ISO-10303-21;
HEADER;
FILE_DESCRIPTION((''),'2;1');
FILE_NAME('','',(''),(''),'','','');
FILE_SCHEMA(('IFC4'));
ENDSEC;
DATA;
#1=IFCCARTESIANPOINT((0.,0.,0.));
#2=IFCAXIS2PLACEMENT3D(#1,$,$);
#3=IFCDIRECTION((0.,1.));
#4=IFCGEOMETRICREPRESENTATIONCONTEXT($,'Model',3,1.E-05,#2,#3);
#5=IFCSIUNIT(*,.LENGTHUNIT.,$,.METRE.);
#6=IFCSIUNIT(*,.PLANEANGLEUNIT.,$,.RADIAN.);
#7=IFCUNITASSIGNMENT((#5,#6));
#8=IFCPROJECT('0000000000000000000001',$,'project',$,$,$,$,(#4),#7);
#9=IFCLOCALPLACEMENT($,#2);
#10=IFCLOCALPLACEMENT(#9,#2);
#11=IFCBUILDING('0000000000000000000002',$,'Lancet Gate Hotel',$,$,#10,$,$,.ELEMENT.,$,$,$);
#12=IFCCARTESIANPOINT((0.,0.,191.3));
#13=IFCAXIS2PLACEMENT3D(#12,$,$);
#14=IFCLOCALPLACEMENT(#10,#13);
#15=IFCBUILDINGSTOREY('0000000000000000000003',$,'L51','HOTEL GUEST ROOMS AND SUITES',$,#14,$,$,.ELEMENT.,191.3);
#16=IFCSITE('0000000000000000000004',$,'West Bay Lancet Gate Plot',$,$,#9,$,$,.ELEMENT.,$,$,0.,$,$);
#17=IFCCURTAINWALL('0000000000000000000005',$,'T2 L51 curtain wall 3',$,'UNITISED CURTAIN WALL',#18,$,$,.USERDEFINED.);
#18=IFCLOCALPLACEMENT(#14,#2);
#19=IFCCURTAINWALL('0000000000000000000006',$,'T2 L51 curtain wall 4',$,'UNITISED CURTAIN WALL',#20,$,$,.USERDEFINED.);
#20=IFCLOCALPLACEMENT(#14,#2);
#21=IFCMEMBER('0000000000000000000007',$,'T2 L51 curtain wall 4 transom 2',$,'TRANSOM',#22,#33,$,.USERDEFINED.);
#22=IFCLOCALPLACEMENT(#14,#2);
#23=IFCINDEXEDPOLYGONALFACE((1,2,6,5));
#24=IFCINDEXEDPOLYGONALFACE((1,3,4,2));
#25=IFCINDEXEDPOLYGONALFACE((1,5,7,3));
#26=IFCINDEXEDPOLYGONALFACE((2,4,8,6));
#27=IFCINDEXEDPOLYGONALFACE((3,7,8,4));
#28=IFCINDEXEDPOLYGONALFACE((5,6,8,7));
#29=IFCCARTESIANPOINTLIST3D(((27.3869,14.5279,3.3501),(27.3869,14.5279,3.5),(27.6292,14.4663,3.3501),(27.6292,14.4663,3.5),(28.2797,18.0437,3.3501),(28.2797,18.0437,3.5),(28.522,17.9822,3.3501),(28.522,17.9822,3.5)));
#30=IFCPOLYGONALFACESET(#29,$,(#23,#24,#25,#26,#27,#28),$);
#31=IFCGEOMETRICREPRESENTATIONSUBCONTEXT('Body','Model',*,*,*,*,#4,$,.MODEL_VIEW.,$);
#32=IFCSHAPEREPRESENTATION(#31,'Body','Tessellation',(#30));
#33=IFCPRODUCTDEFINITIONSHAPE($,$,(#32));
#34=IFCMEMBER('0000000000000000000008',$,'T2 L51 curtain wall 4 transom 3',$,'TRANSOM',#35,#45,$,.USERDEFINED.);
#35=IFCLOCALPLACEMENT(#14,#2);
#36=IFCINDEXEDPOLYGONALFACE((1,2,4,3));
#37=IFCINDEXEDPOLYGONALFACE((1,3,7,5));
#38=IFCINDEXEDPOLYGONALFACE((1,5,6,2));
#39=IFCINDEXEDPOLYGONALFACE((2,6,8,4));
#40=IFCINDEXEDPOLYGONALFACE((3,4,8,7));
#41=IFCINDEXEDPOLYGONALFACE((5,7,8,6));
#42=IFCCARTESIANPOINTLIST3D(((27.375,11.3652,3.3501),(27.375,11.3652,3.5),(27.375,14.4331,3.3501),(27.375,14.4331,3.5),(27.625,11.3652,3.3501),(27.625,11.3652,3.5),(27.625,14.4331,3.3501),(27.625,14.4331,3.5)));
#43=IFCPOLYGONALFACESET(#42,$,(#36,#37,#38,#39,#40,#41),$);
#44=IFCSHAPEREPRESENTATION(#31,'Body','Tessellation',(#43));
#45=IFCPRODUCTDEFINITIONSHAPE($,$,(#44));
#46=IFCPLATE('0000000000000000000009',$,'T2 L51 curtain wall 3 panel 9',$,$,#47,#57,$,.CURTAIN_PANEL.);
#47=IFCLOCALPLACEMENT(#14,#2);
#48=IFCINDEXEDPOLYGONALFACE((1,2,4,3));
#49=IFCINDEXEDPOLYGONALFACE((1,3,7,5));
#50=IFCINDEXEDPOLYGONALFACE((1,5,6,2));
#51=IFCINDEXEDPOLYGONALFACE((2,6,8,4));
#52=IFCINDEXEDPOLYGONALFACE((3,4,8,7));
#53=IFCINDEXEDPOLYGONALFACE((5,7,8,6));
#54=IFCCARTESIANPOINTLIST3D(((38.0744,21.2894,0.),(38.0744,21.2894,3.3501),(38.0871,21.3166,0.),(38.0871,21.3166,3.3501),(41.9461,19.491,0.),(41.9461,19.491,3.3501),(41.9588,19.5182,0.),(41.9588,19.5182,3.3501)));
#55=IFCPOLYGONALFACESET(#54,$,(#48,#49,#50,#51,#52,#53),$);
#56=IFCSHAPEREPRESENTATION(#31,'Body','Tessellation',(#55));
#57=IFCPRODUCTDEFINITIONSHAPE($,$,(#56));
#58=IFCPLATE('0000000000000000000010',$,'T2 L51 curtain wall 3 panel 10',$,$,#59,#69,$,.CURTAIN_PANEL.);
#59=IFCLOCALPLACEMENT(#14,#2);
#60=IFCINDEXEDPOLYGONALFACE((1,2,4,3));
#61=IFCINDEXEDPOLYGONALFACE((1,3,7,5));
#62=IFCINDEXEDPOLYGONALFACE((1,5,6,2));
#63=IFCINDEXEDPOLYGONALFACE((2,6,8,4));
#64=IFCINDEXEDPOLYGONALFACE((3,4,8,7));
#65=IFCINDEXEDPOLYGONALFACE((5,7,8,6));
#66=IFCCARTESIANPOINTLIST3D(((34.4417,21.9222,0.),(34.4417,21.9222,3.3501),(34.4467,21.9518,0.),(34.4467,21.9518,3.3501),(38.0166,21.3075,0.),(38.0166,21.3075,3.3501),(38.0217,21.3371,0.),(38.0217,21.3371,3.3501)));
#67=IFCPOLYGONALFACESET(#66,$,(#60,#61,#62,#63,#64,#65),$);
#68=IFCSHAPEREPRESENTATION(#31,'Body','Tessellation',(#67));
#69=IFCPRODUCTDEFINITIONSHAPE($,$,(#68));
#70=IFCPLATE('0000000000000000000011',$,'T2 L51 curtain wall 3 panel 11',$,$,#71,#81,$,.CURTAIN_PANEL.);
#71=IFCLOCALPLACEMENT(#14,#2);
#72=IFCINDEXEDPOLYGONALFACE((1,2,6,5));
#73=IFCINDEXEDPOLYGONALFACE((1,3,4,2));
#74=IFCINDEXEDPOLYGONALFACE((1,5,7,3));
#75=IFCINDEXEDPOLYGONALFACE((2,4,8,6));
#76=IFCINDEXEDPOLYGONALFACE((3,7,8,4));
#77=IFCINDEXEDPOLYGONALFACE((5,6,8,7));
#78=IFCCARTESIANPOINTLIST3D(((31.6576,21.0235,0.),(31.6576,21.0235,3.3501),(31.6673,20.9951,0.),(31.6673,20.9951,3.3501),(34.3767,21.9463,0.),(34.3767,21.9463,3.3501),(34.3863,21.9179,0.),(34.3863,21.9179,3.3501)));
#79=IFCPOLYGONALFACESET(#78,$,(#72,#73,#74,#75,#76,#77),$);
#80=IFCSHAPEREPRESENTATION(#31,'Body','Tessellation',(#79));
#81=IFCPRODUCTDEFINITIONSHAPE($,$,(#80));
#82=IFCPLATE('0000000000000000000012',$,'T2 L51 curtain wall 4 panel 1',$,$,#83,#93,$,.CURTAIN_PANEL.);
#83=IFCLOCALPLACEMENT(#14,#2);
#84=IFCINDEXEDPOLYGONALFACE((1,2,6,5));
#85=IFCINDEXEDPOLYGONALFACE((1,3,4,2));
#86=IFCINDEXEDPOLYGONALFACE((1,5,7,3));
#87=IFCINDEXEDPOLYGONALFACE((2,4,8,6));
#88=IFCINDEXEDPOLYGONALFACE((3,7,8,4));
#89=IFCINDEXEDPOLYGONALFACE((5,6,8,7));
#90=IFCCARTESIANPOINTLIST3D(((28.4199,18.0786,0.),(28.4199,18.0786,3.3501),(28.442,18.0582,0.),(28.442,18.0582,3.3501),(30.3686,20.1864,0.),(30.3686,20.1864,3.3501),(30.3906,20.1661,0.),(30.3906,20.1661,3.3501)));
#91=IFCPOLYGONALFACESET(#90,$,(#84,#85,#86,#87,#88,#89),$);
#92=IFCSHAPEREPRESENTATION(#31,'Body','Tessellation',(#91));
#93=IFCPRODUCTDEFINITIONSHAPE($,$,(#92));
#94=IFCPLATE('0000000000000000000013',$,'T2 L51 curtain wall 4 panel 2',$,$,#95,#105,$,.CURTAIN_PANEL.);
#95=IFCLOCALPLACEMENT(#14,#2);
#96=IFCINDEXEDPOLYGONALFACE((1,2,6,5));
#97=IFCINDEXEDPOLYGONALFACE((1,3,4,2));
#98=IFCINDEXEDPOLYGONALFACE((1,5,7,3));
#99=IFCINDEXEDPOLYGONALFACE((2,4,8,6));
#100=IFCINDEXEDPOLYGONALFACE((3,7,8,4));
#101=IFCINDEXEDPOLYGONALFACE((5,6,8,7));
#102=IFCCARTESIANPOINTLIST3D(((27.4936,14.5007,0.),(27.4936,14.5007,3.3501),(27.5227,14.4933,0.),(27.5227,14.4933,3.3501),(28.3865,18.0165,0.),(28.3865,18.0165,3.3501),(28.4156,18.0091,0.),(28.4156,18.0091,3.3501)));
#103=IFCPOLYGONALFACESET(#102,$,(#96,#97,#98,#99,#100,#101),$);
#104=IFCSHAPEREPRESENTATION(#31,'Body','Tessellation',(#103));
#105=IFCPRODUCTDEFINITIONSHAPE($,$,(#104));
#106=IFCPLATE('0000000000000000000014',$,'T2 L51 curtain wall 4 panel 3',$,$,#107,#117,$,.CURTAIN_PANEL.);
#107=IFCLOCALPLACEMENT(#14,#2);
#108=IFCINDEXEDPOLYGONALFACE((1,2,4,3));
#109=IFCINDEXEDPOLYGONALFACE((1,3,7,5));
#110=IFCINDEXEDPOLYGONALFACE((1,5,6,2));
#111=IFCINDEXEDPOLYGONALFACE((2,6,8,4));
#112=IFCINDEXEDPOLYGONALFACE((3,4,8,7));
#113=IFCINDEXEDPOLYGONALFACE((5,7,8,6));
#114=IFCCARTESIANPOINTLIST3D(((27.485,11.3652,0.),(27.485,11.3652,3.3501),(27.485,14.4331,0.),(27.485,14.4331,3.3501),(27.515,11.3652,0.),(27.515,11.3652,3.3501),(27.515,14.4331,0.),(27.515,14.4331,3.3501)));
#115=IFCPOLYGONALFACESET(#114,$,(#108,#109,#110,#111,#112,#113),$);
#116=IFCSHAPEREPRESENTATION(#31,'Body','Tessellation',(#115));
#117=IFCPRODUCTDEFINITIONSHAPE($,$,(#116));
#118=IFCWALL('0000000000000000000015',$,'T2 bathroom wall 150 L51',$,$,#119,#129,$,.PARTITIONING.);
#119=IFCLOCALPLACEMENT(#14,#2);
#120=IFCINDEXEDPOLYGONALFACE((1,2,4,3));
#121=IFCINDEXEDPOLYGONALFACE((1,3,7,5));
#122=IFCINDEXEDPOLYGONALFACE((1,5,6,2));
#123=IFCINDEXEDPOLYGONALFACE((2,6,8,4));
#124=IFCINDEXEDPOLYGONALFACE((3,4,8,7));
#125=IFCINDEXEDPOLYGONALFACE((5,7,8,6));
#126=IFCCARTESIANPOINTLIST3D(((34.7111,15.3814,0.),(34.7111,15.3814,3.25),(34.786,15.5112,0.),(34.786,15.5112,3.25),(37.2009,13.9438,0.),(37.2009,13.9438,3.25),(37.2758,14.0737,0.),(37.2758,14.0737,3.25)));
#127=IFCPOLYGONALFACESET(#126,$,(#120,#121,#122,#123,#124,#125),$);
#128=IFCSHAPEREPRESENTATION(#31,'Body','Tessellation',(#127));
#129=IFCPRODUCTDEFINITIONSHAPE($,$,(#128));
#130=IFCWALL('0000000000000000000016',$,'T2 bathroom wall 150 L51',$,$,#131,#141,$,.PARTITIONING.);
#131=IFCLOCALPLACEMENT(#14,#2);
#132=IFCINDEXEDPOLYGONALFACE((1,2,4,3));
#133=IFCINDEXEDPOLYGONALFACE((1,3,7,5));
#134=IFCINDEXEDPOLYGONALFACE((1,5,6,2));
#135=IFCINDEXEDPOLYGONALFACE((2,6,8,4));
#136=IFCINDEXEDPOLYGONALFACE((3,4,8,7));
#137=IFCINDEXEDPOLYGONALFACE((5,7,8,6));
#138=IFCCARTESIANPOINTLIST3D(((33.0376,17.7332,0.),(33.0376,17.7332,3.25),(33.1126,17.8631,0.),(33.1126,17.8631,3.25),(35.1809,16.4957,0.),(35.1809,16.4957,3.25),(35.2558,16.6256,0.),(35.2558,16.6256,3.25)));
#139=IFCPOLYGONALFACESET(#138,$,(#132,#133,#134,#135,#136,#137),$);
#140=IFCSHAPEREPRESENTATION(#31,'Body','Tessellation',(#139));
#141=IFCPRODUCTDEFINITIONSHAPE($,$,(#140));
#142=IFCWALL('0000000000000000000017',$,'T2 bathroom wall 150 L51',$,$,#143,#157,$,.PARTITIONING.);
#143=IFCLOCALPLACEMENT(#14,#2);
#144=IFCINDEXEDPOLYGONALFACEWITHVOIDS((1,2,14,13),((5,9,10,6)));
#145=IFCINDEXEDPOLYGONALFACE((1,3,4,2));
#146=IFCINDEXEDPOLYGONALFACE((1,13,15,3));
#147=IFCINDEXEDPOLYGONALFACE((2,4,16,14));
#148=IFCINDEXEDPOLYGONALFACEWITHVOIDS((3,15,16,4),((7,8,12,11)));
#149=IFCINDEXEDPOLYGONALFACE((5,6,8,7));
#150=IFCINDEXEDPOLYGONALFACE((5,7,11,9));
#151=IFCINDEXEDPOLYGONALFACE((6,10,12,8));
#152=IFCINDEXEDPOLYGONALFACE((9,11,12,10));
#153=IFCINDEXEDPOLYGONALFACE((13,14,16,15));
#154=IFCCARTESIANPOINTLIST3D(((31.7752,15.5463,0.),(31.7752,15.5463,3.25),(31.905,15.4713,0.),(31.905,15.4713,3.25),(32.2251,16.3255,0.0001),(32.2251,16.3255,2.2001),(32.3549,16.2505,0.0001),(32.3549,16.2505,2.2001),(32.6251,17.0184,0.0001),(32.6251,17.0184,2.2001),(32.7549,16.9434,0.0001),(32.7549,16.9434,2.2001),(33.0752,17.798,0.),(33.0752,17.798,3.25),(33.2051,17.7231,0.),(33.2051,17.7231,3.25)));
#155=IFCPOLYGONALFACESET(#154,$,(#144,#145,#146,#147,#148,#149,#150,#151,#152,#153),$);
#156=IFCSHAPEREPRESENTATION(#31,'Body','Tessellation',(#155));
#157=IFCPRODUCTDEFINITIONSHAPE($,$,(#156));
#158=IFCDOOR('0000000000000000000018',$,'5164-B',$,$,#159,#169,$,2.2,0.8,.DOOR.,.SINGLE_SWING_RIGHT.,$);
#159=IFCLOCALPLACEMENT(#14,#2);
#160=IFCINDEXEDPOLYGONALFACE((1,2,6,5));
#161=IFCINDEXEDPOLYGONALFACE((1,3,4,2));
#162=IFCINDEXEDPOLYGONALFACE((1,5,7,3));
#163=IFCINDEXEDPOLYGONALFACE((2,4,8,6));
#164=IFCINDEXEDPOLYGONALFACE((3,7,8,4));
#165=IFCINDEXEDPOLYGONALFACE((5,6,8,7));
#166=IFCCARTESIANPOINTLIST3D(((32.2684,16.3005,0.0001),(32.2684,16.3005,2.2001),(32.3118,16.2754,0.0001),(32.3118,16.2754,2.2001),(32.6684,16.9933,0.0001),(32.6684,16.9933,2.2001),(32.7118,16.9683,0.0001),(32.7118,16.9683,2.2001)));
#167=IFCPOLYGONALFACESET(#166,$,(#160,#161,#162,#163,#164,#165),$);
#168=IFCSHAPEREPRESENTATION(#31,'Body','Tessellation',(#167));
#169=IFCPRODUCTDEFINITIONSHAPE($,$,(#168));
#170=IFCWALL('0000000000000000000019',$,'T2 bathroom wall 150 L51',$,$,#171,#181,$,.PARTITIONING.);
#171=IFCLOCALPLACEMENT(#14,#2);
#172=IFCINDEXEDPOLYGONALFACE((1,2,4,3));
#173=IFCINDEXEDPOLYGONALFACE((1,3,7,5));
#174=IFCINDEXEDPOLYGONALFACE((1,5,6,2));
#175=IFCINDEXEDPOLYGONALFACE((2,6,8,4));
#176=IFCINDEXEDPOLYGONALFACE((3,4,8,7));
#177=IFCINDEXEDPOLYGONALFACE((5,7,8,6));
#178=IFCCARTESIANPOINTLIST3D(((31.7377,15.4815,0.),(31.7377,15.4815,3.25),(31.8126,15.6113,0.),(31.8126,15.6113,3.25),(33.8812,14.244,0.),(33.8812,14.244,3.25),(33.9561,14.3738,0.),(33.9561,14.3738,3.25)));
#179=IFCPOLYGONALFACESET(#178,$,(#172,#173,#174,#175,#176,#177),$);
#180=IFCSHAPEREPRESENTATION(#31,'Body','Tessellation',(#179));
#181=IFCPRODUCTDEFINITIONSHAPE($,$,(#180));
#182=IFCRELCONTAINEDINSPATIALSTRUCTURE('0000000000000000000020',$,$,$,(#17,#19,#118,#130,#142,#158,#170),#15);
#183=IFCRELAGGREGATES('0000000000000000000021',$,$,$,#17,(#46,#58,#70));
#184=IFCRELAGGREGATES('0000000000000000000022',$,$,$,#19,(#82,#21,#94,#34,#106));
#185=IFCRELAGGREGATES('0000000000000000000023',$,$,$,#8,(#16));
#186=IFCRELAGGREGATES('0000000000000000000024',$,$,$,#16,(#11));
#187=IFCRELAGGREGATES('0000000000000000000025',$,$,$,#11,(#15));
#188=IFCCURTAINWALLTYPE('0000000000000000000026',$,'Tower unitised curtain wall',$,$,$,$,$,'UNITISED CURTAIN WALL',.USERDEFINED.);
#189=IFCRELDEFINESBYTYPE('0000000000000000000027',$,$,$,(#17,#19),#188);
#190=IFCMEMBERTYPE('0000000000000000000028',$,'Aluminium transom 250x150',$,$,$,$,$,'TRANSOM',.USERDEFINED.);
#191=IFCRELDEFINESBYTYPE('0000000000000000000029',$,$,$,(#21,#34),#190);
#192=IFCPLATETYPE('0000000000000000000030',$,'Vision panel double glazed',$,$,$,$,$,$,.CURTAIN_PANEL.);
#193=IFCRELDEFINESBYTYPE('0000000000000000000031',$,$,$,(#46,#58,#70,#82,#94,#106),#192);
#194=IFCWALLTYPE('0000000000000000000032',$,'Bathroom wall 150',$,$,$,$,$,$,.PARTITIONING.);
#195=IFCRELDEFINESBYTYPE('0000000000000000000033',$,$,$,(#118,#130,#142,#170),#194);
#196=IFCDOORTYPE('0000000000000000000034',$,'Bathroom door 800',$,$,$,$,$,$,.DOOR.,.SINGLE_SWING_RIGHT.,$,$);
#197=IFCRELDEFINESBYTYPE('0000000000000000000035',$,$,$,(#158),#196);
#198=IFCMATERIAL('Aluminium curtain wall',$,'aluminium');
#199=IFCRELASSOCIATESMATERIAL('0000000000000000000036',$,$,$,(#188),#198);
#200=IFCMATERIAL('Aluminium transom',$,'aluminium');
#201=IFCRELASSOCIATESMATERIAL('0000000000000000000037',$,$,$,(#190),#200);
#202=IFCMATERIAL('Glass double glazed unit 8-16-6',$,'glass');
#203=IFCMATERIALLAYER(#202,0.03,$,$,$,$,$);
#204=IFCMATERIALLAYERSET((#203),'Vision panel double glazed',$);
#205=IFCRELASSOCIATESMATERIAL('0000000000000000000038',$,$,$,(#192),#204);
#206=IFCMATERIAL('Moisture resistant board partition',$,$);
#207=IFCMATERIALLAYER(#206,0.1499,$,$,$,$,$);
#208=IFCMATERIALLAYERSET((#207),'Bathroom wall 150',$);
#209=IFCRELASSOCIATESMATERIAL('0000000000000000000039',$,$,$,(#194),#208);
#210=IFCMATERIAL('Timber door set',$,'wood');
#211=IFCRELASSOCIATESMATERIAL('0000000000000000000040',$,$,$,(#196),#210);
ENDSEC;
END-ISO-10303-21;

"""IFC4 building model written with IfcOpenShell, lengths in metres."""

from ifc_helpers import new_model, si_unit, direction, frame, frame_2d, origin, origin_2d, place, context, subcontext, project, spatial, rectangle, extrude, material, layer, layer_set, material_profile, profile_set, type_object, element, fill, aggregate, save


model = new_model("IFC4")

# Units and contexts
model_context = context("Model", 3, precision=1e-05, world=origin(), true_north=direction((0.0, 1.0)))
body_context = subcontext(model_context, "Body", "Model", "MODEL_VIEW")
ifc_project = project(units=[si_unit("LENGTHUNIT", "METRE"), si_unit("PLANEANGLEUNIT", "RADIAN")], contexts=[model_context])

# Site, building, storey
site_placement = place(None, origin())
site = spatial("IfcSite", under=ifc_project, at=site_placement, Name="West Bay Lancet Gate Plot", CompositionType="ELEMENT", RefElevation=0.0)
building_placement = place(site_placement, origin())
building = spatial("IfcBuilding", under=site, at=building_placement, Name="Lancet Gate Hotel", CompositionType="ELEMENT")
storey_placement = place(building_placement, frame((0.0, 0.0, 191.3)))
storey = spatial("IfcBuildingStorey", under=building, at=storey_placement, Name="L51", Description="HOTEL GUEST ROOMS AND SUITES", CompositionType="ELEMENT", Elevation=191.3)

# Curtain walls
ifc_material_1 = material(Name="Aluminium curtain wall", Category="aluminium")
curtain_wall_type = type_object("IfcCurtainWallType", Name="Tower unitised curtain wall", ElementType="UNITISED CURTAIN WALL", PredefinedType="USERDEFINED", material=ifc_material_1)
curtain_wall_1_placement = place(storey_placement, origin())
curtain_wall_1 = element("IfcCurtainWall", 1, at=curtain_wall_1_placement, inside=storey, type_object=curtain_wall_type, Name="T2 L51 curtain wall 3", ObjectType="UNITISED CURTAIN WALL", PredefinedType="USERDEFINED")
curtain_wall_2_placement = place(storey_placement, origin())
curtain_wall_2 = element("IfcCurtainWall", 2, at=curtain_wall_2_placement, inside=storey, type_object=curtain_wall_type, Name="T2 L51 curtain wall 4", ObjectType="UNITISED CURTAIN WALL", PredefinedType="USERDEFINED")

# Members
ifc_material_2 = material(Name="Aluminium transom", Category="aluminium")
ifc_material_profile_1 = material_profile(ifc_material_2, rectangle(XDim=0.25, YDim=0.1499, at=origin_2d()), Name="TRANSOM 250x150")
ifc_profile_set_1 = profile_set([ifc_material_profile_1], Name="Aluminium transom")
member_type_1 = type_object("IfcMemberType", Name="Aluminium transom 250x150", ElementType="TRANSOM", PredefinedType="USERDEFINED", material=ifc_profile_set_1)
member_1_placement = place(storey_placement, frame((28.4009, 18.0129, 3.425), z_axis=(-0.246129, -0.969237, 0.0), x_axis=(0.969237, -0.246129, 0.0)))
member_1 = element("IfcMember", 3, at=member_1_placement, type_object=member_type_1, Name="T2 L51 curtain wall 4 transom 2", ObjectType="TRANSOM", PredefinedType="USERDEFINED", context=body_context, shape_type="SweptSolid", body=[
    extrude(rectangle(XDim=0.25, YDim=0.1499, at=origin_2d()), origin(), (0.0, 0.0, 1.0), 3.6274),
])
member_2_placement = place(storey_placement, frame((27.5, 14.4331, 3.425), z_axis=(0.0, -1.0, 0.0), x_axis=(1.0, 0.0, 0.0)))
member_2 = element("IfcMember", 4, at=member_2_placement, type_object=member_type_1, Name="T2 L51 curtain wall 4 transom 3", ObjectType="TRANSOM", PredefinedType="USERDEFINED", context=body_context, shape_type="SweptSolid", body=[
    extrude(rectangle(XDim=0.25, YDim=0.1499, at=origin_2d()), origin(), (0.0, 0.0, 1.0), 3.0679),
])

# Plates
ifc_material_3 = material(Name="Glass double glazed unit 8-16-6", Category="glass")
ifc_layer_1 = layer(ifc_material_3, 0.03)
ifc_layer_set_1 = layer_set([ifc_layer_1], Name="Vision panel double glazed")
plate_type = type_object("IfcPlateType", Name="Vision panel double glazed", PredefinedType="CURTAIN_PANEL", material=ifc_layer_set_1)
plate_1_placement = place(storey_placement, frame((40.0166, 20.4038, 0.0), z_axis=(0.0, 0.0, 1.0), x_axis=(-0.906935, 0.421271, 0.0)))
plate_1 = element("IfcPlate", 5, at=plate_1_placement, type_object=plate_type, Name="T2 L51 curtain wall 3 panel 9", PredefinedType="CURTAIN_PANEL", context=body_context, shape_type="SweptSolid", body=[
    extrude(rectangle(XDim=4.269, YDim=0.03, at=origin_2d()), origin(), (0.0, 0.0, 1.0), 3.3501),
])
plate_2_placement = place(storey_placement, frame((36.2317, 21.6296, 0.0), z_axis=(0.0, 0.0, 1.0), x_axis=(-0.98554, 0.169445, 0.0)))
plate_2 = element("IfcPlate", 6, at=plate_2_placement, type_object=plate_type, Name="T2 L51 curtain wall 3 panel 10", PredefinedType="CURTAIN_PANEL", context=body_context, shape_type="SweptSolid", body=[
    extrude(rectangle(XDim=3.6274, YDim=0.03, at=origin_2d()), origin(), (0.0, 0.0, 1.0), 3.3501),
])
plate_3_placement = place(storey_placement, frame((33.022, 21.4707, 0.0), z_axis=(0.0, 0.0, 1.0), x_axis=(-0.946952, -0.321374, 0.0)))
plate_3 = element("IfcPlate", 7, at=plate_3_placement, type_object=plate_type, Name="T2 L51 curtain wall 3 panel 11", PredefinedType="CURTAIN_PANEL", context=body_context, shape_type="SweptSolid", body=[
    extrude(rectangle(XDim=2.8713, YDim=0.03, at=origin_2d()), origin(), (0.0, 0.0, 1.0), 3.3501),
])
aggregate(curtain_wall_1, [plate_1, plate_2, plate_3])
plate_4_placement = place(storey_placement, frame((29.4053, 19.1223, 0.0), z_axis=(0.0, 0.0, 1.0), x_axis=(-0.678831, -0.734294, 0.0)))
plate_4 = element("IfcPlate", 8, at=plate_4_placement, type_object=plate_type, Name="T2 L51 curtain wall 4 panel 1", PredefinedType="CURTAIN_PANEL", context=body_context, shape_type="SweptSolid", body=[
    extrude(rectangle(XDim=2.8706, YDim=0.03, at=origin_2d()), origin(), (0.0, 0.0, 1.0), 3.3501),
])
plate_5_placement = place(storey_placement, frame((27.9546, 16.2549, 0.0), z_axis=(0.0, 0.0, 1.0), x_axis=(-0.246167, -0.969228, 0.0)))
plate_5 = element("IfcPlate", 9, at=plate_5_placement, type_object=plate_type, Name="T2 L51 curtain wall 4 panel 2", PredefinedType="CURTAIN_PANEL", context=body_context, shape_type="SweptSolid", body=[
    extrude(rectangle(XDim=3.6274, YDim=0.03, at=origin_2d()), origin(), (0.0, 0.0, 1.0), 3.3501),
])
plate_6_placement = place(storey_placement, frame((27.5, 12.8992, 0.0), z_axis=(0.0, 0.0, 1.0), x_axis=(0.0, -1.0, 0.0)))
plate_6 = element("IfcPlate", 10, at=plate_6_placement, type_object=plate_type, Name="T2 L51 curtain wall 4 panel 3", PredefinedType="CURTAIN_PANEL", context=body_context, shape_type="SweptSolid", body=[
    extrude(rectangle(XDim=3.0679, YDim=0.03, at=origin_2d()), origin(), (0.0, 0.0, 1.0), 3.3501),
])
aggregate(curtain_wall_2, [plate_4, member_1, plate_5, member_2, plate_6])

# Walls
ifc_material_4 = material(Name="Moisture resistant board partition")
ifc_layer_2 = layer(ifc_material_4, 0.1499)
ifc_layer_set_2 = layer_set([ifc_layer_2], Name="Bathroom wall 150")
wall_type_1 = type_object("IfcWallType", Name="Bathroom wall 150", PredefinedType="PARTITIONING", material=ifc_layer_set_2)
wall_1_placement = place(storey_placement, frame((34.7485, 15.4463, 0.0), z_axis=(0.0, 0.0, 1.0), x_axis=(0.866019, -0.500012, 0.0)))
element("IfcWall", 11, at=wall_1_placement, inside=storey, type_object=wall_type_1, Name="T2 bathroom wall 150 L51", PredefinedType="PARTITIONING", context=body_context, shape_type="SweptSolid", body=[
    extrude(rectangle(XDim=2.875, YDim=0.1499, at=frame_2d((1.4375, 0.0))), origin(), (0.0, 0.0, 1.0), 3.25),
])
wall_2_placement = place(storey_placement, frame((33.0752, 17.7981, 0.0), z_axis=(0.0, 0.0, 1.0), x_axis=(0.866007, -0.500033, 0.0)))
element("IfcWall", 12, at=wall_2_placement, inside=storey, type_object=wall_type_1, Name="T2 bathroom wall 150 L51", PredefinedType="PARTITIONING", context=body_context, shape_type="SweptSolid", body=[
    extrude(rectangle(XDim=2.4749, YDim=0.1499, at=frame_2d((1.2373, 0.0))), origin(), (0.0, 0.0, 1.0), 3.25),
])

# Wall, opening, door
wall_3_placement = place(storey_placement, frame((31.8401, 15.5088, 0.0), z_axis=(0.0, 0.0, 1.0), x_axis=(0.500007, 0.866021, 0.0)))
wall_3 = element("IfcWall", 13, at=wall_3_placement, inside=storey, type_object=wall_type_1, Name="T2 bathroom wall 150 L51", PredefinedType="PARTITIONING", context=body_context, shape_type="SweptSolid", body=[
    extrude(rectangle(XDim=2.6001, YDim=0.1499, at=frame_2d((1.3, 0.0))), origin(), (0.0, 0.0, 1.0), 3.25),
])
opening_1_placement = place(wall_3_placement, frame((0.8999, 0.0, 0.0)))
opening_1 = element("IfcOpeningElement", 14, at=opening_1_placement, cuts=wall_3, PredefinedType="OPENING", context=body_context, shape_type="SweptSolid", body=[
    extrude(rectangle(XDim=0.8, YDim=2.2, at=frame_2d((0.3999, 1.1001))), frame((0.0, 0.085, 0.0), z_axis=(0.0, -1.0, 0.0), x_axis=(1.0, 0.0, 0.0)), (0.0, 0.0, 1.0), 0.1699),
])
ifc_material_5 = material(Name="Timber door set", Category="wood")
door_type_1 = type_object("IfcDoorType", Name="Bathroom door 800", OperationType="SINGLE_SWING_RIGHT", PredefinedType="DOOR", material=ifc_material_5)
door_1_placement = place(opening_1_placement, origin())
door_1 = element("IfcDoor", 15, at=door_1_placement, inside=storey, type_object=door_type_1, Name="5164-B", OperationType="SINGLE_SWING_RIGHT", OverallHeight=2.2, OverallWidth=0.8, PredefinedType="DOOR", context=body_context, shape_type="SweptSolid", body=[
    extrude(rectangle(XDim=0.8, YDim=2.2, at=frame_2d((0.3999, 1.1001))), frame((0.0, 0.0249, 0.0), z_axis=(0.0, -1.0, 0.0), x_axis=(1.0, 0.0, 0.0)), (0.0, 0.0, 1.0), 0.05),
])
fill(opening_1, door_1)

# Wall
wall_4_placement = place(storey_placement, frame((31.7751, 15.5464, 0.0), z_axis=(0.0, 0.0, 1.0), x_axis=(0.866031, -0.49999, 0.0)))
element("IfcWall", 16, at=wall_4_placement, inside=storey, type_object=wall_type_1, Name="T2 bathroom wall 150 L51", PredefinedType="PARTITIONING", context=body_context, shape_type="SweptSolid", body=[
    extrude(rectangle(XDim=2.4751, YDim=0.1499, at=frame_2d((1.2375, 0.0))), origin(), (0.0, 0.0, 1.0), 3.25),
])

save(model, "model.ifc")
